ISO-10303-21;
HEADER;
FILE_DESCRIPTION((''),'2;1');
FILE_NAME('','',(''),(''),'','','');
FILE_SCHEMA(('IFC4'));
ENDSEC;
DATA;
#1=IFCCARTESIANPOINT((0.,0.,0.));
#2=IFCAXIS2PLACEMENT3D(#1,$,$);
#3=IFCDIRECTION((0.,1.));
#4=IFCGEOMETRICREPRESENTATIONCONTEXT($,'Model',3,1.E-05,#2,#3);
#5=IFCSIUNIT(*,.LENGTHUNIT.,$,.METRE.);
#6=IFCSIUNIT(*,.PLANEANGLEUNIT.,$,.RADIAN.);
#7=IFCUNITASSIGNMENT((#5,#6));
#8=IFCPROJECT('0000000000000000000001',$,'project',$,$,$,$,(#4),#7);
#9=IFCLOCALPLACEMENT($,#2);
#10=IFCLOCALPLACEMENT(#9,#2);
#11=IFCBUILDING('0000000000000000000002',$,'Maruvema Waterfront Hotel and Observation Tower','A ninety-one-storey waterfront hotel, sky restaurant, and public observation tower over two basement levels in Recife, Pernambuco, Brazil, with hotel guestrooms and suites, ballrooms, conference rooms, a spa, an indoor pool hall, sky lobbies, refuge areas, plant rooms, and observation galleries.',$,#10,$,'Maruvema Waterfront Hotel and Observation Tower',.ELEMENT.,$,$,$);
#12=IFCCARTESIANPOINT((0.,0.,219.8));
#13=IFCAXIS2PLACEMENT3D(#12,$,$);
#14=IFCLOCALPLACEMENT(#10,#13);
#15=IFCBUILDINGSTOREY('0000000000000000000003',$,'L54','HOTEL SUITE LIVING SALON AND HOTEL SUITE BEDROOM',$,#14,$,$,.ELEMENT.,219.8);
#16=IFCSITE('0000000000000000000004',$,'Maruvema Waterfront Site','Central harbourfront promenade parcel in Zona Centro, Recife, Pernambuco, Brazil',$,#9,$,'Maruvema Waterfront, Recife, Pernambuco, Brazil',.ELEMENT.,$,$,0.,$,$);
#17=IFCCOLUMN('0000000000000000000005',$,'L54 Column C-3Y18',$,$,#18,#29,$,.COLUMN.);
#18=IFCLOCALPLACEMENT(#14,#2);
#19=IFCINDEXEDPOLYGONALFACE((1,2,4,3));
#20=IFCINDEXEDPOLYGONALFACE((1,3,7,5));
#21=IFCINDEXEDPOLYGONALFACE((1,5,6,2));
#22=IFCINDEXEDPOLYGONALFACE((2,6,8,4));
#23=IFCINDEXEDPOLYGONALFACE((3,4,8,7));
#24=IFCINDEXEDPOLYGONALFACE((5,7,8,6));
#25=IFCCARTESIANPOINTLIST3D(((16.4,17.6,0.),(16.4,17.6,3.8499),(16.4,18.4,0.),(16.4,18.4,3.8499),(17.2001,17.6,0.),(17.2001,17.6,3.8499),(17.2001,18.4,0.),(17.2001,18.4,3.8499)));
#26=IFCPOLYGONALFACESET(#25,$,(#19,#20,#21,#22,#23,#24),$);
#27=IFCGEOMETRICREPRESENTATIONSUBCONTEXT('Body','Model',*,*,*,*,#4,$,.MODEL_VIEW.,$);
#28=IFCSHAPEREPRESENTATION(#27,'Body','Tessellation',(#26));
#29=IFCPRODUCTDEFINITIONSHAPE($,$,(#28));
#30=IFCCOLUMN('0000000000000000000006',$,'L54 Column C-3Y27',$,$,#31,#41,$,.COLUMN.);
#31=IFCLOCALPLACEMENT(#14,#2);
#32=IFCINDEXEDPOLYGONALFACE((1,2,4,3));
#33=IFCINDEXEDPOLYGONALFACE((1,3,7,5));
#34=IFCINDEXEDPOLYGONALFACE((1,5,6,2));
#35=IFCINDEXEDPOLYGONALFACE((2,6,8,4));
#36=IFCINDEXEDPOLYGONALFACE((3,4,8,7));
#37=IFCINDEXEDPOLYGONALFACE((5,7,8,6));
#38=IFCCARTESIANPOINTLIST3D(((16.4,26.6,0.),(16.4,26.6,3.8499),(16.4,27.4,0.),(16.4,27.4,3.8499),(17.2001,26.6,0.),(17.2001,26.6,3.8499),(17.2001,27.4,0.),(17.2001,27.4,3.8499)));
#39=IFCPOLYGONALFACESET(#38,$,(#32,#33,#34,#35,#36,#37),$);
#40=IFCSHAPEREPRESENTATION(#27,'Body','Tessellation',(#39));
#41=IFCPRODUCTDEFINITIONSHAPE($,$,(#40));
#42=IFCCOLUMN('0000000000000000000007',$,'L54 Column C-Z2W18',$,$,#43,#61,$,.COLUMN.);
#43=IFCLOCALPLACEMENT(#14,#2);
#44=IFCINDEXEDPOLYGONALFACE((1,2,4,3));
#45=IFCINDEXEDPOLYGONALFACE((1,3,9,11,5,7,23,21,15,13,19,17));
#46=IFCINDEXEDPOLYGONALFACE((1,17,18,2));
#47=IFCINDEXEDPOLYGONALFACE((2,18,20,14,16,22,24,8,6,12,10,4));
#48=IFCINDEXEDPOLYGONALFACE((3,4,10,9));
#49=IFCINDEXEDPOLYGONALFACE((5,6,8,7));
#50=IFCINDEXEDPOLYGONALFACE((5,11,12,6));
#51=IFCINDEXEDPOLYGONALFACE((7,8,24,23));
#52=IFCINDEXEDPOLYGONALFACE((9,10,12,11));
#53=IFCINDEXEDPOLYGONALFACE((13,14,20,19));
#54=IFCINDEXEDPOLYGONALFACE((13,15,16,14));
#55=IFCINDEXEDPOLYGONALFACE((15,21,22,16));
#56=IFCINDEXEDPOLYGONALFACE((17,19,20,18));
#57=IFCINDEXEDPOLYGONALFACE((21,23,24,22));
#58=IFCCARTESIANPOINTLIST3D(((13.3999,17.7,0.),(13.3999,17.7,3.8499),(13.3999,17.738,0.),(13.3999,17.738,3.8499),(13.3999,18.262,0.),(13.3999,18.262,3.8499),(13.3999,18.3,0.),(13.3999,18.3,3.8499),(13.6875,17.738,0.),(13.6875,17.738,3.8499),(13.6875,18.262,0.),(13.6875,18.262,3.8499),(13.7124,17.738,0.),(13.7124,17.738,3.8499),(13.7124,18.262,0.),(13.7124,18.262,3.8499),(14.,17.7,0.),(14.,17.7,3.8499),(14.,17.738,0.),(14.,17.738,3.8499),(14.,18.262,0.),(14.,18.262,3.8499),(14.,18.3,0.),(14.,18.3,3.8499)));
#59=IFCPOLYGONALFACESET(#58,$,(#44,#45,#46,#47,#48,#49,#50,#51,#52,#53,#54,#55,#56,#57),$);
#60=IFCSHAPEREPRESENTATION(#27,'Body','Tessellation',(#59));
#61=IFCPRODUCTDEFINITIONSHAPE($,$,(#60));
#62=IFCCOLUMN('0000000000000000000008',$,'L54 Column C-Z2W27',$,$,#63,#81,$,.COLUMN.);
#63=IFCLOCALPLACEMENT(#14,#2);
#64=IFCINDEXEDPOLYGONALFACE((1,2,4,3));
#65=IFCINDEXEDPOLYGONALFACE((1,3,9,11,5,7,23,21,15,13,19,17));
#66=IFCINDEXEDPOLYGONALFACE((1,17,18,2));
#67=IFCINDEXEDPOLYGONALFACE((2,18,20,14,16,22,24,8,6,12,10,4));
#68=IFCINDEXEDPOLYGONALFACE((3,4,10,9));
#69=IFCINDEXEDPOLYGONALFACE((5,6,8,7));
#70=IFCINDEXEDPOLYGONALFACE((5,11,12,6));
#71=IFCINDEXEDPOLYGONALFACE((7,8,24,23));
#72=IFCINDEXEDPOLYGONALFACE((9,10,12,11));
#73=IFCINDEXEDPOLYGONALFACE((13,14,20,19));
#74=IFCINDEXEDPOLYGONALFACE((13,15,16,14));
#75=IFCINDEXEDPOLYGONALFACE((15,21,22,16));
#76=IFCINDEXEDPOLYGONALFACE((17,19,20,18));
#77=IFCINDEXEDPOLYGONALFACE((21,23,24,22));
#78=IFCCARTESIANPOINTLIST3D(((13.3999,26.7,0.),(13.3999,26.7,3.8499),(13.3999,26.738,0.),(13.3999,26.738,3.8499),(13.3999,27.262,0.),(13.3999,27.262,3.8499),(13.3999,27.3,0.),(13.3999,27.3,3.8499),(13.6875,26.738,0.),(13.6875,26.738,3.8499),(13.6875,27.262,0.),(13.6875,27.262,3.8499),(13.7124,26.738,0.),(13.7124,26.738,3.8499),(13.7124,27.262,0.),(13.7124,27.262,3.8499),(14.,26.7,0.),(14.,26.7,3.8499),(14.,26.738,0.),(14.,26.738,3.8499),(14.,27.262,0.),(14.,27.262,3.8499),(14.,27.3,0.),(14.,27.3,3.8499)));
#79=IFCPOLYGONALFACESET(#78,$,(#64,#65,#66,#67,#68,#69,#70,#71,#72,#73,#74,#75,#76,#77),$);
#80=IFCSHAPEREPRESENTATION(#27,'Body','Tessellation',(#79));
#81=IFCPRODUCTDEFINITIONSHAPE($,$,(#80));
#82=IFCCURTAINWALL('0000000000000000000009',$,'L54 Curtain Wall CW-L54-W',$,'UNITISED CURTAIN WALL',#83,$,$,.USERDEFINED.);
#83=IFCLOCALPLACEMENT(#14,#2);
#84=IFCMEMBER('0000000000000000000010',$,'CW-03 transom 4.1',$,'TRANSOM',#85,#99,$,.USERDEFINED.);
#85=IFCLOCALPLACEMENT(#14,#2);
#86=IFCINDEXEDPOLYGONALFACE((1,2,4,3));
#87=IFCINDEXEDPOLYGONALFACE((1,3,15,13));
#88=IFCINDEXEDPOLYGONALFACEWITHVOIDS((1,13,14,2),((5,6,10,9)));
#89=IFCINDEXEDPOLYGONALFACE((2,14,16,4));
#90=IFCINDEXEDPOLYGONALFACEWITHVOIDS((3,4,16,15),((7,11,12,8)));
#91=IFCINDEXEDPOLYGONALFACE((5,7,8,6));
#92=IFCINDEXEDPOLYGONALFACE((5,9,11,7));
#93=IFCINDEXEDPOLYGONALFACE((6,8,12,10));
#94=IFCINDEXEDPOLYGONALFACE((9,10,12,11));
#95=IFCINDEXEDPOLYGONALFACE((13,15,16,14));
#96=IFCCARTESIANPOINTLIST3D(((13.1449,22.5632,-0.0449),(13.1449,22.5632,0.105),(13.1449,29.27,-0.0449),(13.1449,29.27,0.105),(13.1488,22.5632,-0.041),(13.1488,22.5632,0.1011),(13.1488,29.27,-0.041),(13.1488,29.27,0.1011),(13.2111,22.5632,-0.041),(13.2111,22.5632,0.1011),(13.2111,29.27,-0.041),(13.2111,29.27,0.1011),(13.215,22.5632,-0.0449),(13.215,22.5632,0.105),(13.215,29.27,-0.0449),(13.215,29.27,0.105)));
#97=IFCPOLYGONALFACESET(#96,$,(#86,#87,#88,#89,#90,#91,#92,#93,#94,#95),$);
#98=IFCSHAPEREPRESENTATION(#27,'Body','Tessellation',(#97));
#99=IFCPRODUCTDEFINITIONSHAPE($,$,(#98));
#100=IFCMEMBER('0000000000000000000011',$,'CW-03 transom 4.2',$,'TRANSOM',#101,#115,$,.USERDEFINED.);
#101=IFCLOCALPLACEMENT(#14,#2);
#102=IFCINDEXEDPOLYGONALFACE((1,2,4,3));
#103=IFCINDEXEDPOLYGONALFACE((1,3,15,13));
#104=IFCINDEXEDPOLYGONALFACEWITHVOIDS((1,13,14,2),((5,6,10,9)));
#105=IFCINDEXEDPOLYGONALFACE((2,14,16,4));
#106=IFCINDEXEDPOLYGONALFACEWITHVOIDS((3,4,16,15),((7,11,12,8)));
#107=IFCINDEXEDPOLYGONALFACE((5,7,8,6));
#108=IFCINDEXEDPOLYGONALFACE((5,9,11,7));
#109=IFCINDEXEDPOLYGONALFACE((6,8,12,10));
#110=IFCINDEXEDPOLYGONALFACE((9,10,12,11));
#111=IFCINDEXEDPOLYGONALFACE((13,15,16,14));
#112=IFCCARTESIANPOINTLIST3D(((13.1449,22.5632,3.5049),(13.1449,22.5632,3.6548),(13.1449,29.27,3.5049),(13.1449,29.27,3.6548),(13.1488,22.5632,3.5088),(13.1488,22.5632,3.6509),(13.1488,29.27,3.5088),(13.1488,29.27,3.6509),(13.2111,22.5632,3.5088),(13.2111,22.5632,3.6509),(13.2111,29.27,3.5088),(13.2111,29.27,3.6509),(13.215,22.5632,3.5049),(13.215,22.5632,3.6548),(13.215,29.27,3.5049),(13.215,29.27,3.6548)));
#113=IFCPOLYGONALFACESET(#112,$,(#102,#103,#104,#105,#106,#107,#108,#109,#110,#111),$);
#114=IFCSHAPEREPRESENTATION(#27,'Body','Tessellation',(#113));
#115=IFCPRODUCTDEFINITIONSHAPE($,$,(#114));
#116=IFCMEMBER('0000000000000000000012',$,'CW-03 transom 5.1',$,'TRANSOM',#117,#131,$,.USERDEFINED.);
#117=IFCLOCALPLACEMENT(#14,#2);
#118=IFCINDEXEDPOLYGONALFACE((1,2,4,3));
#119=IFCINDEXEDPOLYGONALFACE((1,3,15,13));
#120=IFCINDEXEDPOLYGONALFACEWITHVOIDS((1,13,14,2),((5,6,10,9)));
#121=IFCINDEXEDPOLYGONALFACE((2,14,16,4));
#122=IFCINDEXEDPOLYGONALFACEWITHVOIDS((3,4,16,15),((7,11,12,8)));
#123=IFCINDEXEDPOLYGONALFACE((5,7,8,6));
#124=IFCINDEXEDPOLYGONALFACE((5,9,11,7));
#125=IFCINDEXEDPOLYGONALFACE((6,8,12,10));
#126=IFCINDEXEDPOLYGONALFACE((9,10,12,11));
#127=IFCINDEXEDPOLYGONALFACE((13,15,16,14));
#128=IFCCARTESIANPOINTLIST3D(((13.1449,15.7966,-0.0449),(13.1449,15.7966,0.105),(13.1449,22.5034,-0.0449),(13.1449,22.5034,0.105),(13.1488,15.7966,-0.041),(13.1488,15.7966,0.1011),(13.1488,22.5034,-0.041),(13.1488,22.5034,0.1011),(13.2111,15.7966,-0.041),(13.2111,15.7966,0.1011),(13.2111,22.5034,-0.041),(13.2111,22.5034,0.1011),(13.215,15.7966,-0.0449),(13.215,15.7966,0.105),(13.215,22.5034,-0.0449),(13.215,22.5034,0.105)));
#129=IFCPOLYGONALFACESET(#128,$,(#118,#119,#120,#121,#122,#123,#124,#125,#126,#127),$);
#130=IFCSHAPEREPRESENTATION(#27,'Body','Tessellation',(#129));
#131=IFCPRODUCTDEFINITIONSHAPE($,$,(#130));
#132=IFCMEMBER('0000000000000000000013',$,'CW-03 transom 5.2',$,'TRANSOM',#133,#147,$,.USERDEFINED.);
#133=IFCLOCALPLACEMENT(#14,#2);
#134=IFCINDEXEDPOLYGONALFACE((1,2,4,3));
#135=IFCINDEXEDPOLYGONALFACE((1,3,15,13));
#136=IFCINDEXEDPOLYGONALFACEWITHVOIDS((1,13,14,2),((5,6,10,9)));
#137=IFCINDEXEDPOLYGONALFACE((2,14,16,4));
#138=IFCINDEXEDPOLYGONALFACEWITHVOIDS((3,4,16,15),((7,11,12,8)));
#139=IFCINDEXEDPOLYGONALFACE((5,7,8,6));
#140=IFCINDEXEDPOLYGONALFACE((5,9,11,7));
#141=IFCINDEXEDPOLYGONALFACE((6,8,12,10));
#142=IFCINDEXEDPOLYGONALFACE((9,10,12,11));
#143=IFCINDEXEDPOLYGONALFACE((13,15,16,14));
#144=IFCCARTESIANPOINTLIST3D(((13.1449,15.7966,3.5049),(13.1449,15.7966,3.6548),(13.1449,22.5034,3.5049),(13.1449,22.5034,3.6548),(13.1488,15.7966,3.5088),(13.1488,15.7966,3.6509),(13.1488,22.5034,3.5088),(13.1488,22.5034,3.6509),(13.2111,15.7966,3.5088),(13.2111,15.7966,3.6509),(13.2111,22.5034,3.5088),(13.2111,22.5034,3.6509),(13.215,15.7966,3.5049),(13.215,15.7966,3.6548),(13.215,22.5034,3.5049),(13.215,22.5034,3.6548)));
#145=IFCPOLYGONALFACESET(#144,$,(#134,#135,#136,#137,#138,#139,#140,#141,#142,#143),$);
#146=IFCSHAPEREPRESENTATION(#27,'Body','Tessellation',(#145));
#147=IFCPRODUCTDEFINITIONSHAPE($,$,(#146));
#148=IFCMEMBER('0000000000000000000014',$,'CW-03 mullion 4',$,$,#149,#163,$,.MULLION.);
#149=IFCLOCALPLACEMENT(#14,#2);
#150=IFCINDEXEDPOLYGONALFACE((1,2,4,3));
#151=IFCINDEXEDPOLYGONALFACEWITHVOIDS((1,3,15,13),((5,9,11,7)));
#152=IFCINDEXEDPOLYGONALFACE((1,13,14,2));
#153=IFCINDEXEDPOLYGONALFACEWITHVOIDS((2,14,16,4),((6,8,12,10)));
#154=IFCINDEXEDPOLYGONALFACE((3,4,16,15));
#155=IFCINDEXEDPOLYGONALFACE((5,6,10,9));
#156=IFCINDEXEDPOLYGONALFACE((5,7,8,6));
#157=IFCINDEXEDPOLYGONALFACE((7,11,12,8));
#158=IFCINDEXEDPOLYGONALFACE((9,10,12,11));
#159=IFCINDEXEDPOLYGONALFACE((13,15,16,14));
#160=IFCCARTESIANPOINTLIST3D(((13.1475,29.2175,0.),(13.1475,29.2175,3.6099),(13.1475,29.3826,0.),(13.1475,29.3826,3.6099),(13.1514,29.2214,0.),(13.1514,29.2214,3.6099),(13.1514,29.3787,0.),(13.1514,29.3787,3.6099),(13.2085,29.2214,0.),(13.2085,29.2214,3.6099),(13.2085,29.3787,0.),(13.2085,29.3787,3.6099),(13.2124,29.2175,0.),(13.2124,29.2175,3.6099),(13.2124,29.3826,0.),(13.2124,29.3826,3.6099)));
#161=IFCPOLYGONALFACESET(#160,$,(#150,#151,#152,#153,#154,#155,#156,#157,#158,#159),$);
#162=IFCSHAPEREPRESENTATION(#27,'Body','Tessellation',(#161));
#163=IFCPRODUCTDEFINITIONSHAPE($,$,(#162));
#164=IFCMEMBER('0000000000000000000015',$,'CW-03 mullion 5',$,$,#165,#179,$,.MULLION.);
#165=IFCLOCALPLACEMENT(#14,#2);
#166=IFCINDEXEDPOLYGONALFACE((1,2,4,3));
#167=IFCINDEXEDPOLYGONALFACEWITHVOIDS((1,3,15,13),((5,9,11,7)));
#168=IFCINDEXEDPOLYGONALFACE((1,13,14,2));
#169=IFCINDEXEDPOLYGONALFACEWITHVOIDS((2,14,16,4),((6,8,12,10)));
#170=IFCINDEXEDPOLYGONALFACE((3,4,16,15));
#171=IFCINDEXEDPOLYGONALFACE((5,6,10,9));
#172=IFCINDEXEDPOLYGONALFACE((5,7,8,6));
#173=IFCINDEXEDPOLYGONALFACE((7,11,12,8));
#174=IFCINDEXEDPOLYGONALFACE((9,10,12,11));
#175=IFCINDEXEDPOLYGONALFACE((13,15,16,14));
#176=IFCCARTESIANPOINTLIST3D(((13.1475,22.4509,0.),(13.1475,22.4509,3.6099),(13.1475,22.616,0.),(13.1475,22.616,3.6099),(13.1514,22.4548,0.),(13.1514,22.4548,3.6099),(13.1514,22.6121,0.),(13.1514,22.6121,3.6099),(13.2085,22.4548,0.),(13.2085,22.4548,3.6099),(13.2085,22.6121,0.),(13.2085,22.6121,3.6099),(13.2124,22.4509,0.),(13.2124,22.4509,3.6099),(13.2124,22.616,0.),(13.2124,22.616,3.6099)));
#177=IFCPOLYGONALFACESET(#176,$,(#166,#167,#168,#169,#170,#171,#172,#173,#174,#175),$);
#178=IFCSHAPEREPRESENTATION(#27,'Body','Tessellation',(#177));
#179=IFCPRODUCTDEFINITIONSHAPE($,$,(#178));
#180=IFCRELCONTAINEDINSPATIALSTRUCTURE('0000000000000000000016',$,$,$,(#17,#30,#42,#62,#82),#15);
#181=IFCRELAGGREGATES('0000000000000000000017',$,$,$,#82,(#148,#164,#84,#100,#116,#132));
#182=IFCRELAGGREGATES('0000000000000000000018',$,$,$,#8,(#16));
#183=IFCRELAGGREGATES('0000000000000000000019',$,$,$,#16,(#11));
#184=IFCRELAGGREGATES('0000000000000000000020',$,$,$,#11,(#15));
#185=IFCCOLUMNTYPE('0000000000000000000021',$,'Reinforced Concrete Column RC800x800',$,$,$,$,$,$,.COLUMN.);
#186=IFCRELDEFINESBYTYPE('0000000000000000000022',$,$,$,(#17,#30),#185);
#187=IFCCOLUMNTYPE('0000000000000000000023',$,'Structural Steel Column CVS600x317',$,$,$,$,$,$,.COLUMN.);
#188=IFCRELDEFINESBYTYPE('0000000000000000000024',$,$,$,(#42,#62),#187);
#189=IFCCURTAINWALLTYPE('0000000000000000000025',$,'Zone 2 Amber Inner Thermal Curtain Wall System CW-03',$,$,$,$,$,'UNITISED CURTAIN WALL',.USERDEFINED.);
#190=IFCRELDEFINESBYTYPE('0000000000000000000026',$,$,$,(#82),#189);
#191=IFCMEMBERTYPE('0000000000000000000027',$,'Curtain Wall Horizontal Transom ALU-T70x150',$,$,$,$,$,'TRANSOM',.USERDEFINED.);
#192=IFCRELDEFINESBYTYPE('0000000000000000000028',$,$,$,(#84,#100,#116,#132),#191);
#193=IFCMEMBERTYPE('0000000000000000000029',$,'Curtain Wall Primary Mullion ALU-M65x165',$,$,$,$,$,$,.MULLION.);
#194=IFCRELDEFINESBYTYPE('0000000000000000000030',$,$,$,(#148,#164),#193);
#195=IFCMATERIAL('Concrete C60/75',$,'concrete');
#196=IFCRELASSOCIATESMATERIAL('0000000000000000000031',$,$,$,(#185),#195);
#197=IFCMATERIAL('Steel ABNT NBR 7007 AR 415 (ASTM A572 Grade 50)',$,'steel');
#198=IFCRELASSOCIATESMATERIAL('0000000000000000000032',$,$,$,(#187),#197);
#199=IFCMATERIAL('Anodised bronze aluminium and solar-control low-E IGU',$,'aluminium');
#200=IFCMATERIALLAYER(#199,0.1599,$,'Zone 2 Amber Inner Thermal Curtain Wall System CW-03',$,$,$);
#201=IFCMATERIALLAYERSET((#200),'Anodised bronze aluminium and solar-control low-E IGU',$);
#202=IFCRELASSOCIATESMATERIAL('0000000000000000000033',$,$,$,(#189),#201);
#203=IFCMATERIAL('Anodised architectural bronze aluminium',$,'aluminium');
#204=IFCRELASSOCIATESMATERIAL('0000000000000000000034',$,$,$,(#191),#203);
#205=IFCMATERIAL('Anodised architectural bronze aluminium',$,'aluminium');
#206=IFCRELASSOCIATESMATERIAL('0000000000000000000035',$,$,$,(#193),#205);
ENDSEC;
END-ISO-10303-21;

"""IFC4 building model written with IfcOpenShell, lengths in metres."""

from ifc_helpers import new_model, si_unit, direction, frame, origin, origin_2d, place, context, subcontext, project, spatial, rectangle, hollow_rectangle, i_section, extrude, material, layer, layer_set, material_profile, profile_set, type_object, element, aggregate, save


model = new_model("IFC4")

# Units and contexts
model_context = context("Model", 3, precision=1e-05, world=origin(), true_north=direction((0.0, 1.0)))
body_context = subcontext(model_context, "Body", "Model", "MODEL_VIEW")
ifc_project = project(units=[si_unit("LENGTHUNIT", "METRE"), si_unit("PLANEANGLEUNIT", "RADIAN")], contexts=[model_context])

# Site, building, storey
site_placement = place(None, origin())
site = spatial("IfcSite", under=ifc_project, at=site_placement, Name="Maruvema Waterfront Site", Description="Central harbourfront promenade parcel in Zona Centro, Recife, Pernambuco, Brazil", LongName="Maruvema Waterfront, Recife, Pernambuco, Brazil", CompositionType="ELEMENT", RefElevation=0.0)
building_placement = place(site_placement, origin())
building = spatial("IfcBuilding", under=site, at=building_placement, Name="Maruvema Waterfront Hotel and Observation Tower", Description="A ninety-one-storey waterfront hotel, sky restaurant, and public observation tower over two basement levels in Recife, Pernambuco, Brazil, with hotel guestrooms and suites, ballrooms, conference rooms, a spa, an indoor pool hall, sky lobbies, refuge areas, plant rooms, and observation galleries.", LongName="Maruvema Waterfront Hotel and Observation Tower", CompositionType="ELEMENT")
storey_placement = place(building_placement, frame((0.0, 0.0, 219.8)))
storey = spatial("IfcBuildingStorey", under=building, at=storey_placement, Name="L54", Description="HOTEL SUITE LIVING SALON AND HOTEL SUITE BEDROOM", CompositionType="ELEMENT", Elevation=219.8)

# Columns
ifc_material_1 = material(Name="Concrete C60/75", Category="concrete")
ifc_material_profile_1 = material_profile(ifc_material_1, rectangle(XDim=0.8, YDim=0.8, at=origin_2d()), Name="RC800x800")
ifc_profile_set_1 = profile_set([ifc_material_profile_1], Name="Concrete C60/75")
column_type_1 = type_object("IfcColumnType", Name="Reinforced Concrete Column RC800x800", PredefinedType="COLUMN", material=ifc_profile_set_1)
for number, where, z_axis, x_axis, name in (
    (1, (16.8, 18.0, 0.0), (0.0, 0.0, 1.0), (1.0, 0.0, 0.0), "L54 Column C-3Y18"),
    (2, (16.8, 27.0, 0.0), (0.0, 0.0, 1.0), (1.0, 0.0, 0.0), "L54 Column C-3Y27"),
):
    element("IfcColumn", number, at=place(storey_placement, frame(where, z_axis=z_axis, x_axis=x_axis)), inside=storey, type_object=column_type_1, Name=name, PredefinedType="COLUMN", context=body_context, shape_type="SweptSolid", body=[
        extrude(rectangle(XDim=0.8, YDim=0.8, at=origin_2d()), origin(), (0.0, 0.0, 1.0), 3.8499),
    ])
ifc_material_2 = material(Name="Steel ABNT NBR 7007 AR 415 (ASTM A572 Grade 50)", Category="steel")
ifc_material_profile_2 = material_profile(ifc_material_2, i_section(OverallWidth=0.6001, OverallDepth=0.6001, WebThickness=0.0249, FlangeThickness=0.0381, at=origin_2d()), Name="CVS600x317")
ifc_profile_set_2 = profile_set([ifc_material_profile_2], Name="Steel ABNT NBR 7007 AR 415 (ASTM A572 Grade 50)")
column_type_2 = type_object("IfcColumnType", Name="Structural Steel Column CVS600x317", PredefinedType="COLUMN", material=ifc_profile_set_2)
for number, where, z_axis, x_axis, name in (
    (3, (13.7, 18.0, 0.0), (0.0, 0.0, 1.0), (1.0, 0.0, 0.0), "L54 Column C-Z2W18"),
    (4, (13.7, 27.0, 0.0), (0.0, 0.0, 1.0), (1.0, 0.0, 0.0), "L54 Column C-Z2W27"),
):
    element("IfcColumn", number, at=place(storey_placement, frame(where, z_axis=z_axis, x_axis=x_axis)), inside=storey, type_object=column_type_2, Name=name, PredefinedType="COLUMN", context=body_context, shape_type="SweptSolid", body=[
        extrude(i_section(OverallWidth=0.6001, OverallDepth=0.6001, WebThickness=0.0249, FlangeThickness=0.0381, at=origin_2d()), origin(), (0.0, 0.0, 1.0), 3.8499),
    ])

# Curtain wall, members
ifc_material_3 = material(Name="Anodised bronze aluminium and solar-control low-E IGU", Category="aluminium")
ifc_layer_1 = layer(ifc_material_3, 0.1599, Name="Zone 2 Amber Inner Thermal Curtain Wall System CW-03")
ifc_layer_set_1 = layer_set([ifc_layer_1], Name="Anodised bronze aluminium and solar-control low-E IGU")
curtain_wall_type = type_object("IfcCurtainWallType", Name="Zone 2 Amber Inner Thermal Curtain Wall System CW-03", ElementType="UNITISED CURTAIN WALL", PredefinedType="USERDEFINED", material=ifc_layer_set_1)
curtain_wall_placement = place(storey_placement, origin())
curtain_wall = element("IfcCurtainWall", 5, at=curtain_wall_placement, inside=storey, type_object=curtain_wall_type, Name="L54 Curtain Wall CW-L54-W", ObjectType="UNITISED CURTAIN WALL", PredefinedType="USERDEFINED")
ifc_material_4 = material(Name="Anodised architectural bronze aluminium", Category="aluminium")
ifc_material_profile_3 = material_profile(ifc_material_4, hollow_rectangle(XDim=0.0701, YDim=0.1499, WallThickness=0.0039, at=origin_2d()), Name="ALU-T70x150")
ifc_profile_set_3 = profile_set([ifc_material_profile_3], Name="Anodised architectural bronze aluminium")
member_type_1 = type_object("IfcMemberType", Name="Curtain Wall Horizontal Transom ALU-T70x150", ElementType="TRANSOM", PredefinedType="USERDEFINED", material=ifc_profile_set_3)
member_1_placement = place(storey_placement, frame((13.1799, 29.27, 0.03), z_axis=(0.0, -1.0, 0.0), x_axis=(1.0, 0.0, 0.0)))
member_1 = element("IfcMember", 6, at=member_1_placement, type_object=member_type_1, Name="CW-03 transom 4.1", ObjectType="TRANSOM", PredefinedType="USERDEFINED", context=body_context, shape_type="SweptSolid", body=[
    extrude(hollow_rectangle(XDim=0.0701, YDim=0.1499, WallThickness=0.0039, at=origin_2d()), origin(), (0.0, 0.0, 1.0), 6.7068),
])
member_2_placement = place(storey_placement, frame((13.1799, 29.27, 3.5798), z_axis=(0.0, -1.0, 0.0), x_axis=(1.0, 0.0, 0.0)))
member_2 = element("IfcMember", 7, at=member_2_placement, type_object=member_type_1, Name="CW-03 transom 4.2", ObjectType="TRANSOM", PredefinedType="USERDEFINED", context=body_context, shape_type="SweptSolid", body=[
    extrude(hollow_rectangle(XDim=0.0701, YDim=0.1499, WallThickness=0.0039, at=origin_2d()), origin(), (0.0, 0.0, 1.0), 6.7068),
])
member_3_placement = place(storey_placement, frame((13.1799, 22.5034, 0.03), z_axis=(0.0, -1.0, 0.0), x_axis=(1.0, 0.0, 0.0)))
member_3 = element("IfcMember", 8, at=member_3_placement, type_object=member_type_1, Name="CW-03 transom 5.1", ObjectType="TRANSOM", PredefinedType="USERDEFINED", context=body_context, shape_type="SweptSolid", body=[
    extrude(hollow_rectangle(XDim=0.0701, YDim=0.1499, WallThickness=0.0039, at=origin_2d()), origin(), (0.0, 0.0, 1.0), 6.7068),
])
member_4_placement = place(storey_placement, frame((13.1799, 22.5034, 3.5798), z_axis=(0.0, -1.0, 0.0), x_axis=(1.0, 0.0, 0.0)))
member_4 = element("IfcMember", 9, at=member_4_placement, type_object=member_type_1, Name="CW-03 transom 5.2", ObjectType="TRANSOM", PredefinedType="USERDEFINED", context=body_context, shape_type="SweptSolid", body=[
    extrude(hollow_rectangle(XDim=0.0701, YDim=0.1499, WallThickness=0.0039, at=origin_2d()), origin(), (0.0, 0.0, 1.0), 6.7068),
])
ifc_material_5 = material(Name="Anodised architectural bronze aluminium", Category="aluminium")
ifc_material_profile_4 = material_profile(ifc_material_5, hollow_rectangle(XDim=0.0649, YDim=0.165, WallThickness=0.0039, at=origin_2d()), Name="ALU-M65x165")
ifc_profile_set_4 = profile_set([ifc_material_profile_4], Name="Anodised architectural bronze aluminium")
member_type_2 = type_object("IfcMemberType", Name="Curtain Wall Primary Mullion ALU-M65x165", PredefinedType="MULLION", material=ifc_profile_set_4)
member_5_placement = place(storey_placement, frame((13.1799, 29.3, 0.0), z_axis=(0.0, 0.0, 1.0), x_axis=(1.0, 0.0, 0.0)))
member_5 = element("IfcMember", 10, at=member_5_placement, type_object=member_type_2, Name="CW-03 mullion 4", PredefinedType="MULLION", context=body_context, shape_type="SweptSolid", body=[
    extrude(hollow_rectangle(XDim=0.0649, YDim=0.165, WallThickness=0.0039, at=origin_2d()), origin(), (0.0, 0.0, 1.0), 3.6099),
])
member_6_placement = place(storey_placement, frame((13.1799, 22.5334, 0.0), z_axis=(0.0, 0.0, 1.0), x_axis=(1.0, 0.0, 0.0)))
member_6 = element("IfcMember", 11, at=member_6_placement, type_object=member_type_2, Name="CW-03 mullion 5", PredefinedType="MULLION", context=body_context, shape_type="SweptSolid", body=[
    extrude(hollow_rectangle(XDim=0.0649, YDim=0.165, WallThickness=0.0039, at=origin_2d()), origin(), (0.0, 0.0, 1.0), 3.6099),
])

aggregate(curtain_wall, [member_5, member_6, member_1, member_2, member_3, member_4])

save(model, "model.ifc")
